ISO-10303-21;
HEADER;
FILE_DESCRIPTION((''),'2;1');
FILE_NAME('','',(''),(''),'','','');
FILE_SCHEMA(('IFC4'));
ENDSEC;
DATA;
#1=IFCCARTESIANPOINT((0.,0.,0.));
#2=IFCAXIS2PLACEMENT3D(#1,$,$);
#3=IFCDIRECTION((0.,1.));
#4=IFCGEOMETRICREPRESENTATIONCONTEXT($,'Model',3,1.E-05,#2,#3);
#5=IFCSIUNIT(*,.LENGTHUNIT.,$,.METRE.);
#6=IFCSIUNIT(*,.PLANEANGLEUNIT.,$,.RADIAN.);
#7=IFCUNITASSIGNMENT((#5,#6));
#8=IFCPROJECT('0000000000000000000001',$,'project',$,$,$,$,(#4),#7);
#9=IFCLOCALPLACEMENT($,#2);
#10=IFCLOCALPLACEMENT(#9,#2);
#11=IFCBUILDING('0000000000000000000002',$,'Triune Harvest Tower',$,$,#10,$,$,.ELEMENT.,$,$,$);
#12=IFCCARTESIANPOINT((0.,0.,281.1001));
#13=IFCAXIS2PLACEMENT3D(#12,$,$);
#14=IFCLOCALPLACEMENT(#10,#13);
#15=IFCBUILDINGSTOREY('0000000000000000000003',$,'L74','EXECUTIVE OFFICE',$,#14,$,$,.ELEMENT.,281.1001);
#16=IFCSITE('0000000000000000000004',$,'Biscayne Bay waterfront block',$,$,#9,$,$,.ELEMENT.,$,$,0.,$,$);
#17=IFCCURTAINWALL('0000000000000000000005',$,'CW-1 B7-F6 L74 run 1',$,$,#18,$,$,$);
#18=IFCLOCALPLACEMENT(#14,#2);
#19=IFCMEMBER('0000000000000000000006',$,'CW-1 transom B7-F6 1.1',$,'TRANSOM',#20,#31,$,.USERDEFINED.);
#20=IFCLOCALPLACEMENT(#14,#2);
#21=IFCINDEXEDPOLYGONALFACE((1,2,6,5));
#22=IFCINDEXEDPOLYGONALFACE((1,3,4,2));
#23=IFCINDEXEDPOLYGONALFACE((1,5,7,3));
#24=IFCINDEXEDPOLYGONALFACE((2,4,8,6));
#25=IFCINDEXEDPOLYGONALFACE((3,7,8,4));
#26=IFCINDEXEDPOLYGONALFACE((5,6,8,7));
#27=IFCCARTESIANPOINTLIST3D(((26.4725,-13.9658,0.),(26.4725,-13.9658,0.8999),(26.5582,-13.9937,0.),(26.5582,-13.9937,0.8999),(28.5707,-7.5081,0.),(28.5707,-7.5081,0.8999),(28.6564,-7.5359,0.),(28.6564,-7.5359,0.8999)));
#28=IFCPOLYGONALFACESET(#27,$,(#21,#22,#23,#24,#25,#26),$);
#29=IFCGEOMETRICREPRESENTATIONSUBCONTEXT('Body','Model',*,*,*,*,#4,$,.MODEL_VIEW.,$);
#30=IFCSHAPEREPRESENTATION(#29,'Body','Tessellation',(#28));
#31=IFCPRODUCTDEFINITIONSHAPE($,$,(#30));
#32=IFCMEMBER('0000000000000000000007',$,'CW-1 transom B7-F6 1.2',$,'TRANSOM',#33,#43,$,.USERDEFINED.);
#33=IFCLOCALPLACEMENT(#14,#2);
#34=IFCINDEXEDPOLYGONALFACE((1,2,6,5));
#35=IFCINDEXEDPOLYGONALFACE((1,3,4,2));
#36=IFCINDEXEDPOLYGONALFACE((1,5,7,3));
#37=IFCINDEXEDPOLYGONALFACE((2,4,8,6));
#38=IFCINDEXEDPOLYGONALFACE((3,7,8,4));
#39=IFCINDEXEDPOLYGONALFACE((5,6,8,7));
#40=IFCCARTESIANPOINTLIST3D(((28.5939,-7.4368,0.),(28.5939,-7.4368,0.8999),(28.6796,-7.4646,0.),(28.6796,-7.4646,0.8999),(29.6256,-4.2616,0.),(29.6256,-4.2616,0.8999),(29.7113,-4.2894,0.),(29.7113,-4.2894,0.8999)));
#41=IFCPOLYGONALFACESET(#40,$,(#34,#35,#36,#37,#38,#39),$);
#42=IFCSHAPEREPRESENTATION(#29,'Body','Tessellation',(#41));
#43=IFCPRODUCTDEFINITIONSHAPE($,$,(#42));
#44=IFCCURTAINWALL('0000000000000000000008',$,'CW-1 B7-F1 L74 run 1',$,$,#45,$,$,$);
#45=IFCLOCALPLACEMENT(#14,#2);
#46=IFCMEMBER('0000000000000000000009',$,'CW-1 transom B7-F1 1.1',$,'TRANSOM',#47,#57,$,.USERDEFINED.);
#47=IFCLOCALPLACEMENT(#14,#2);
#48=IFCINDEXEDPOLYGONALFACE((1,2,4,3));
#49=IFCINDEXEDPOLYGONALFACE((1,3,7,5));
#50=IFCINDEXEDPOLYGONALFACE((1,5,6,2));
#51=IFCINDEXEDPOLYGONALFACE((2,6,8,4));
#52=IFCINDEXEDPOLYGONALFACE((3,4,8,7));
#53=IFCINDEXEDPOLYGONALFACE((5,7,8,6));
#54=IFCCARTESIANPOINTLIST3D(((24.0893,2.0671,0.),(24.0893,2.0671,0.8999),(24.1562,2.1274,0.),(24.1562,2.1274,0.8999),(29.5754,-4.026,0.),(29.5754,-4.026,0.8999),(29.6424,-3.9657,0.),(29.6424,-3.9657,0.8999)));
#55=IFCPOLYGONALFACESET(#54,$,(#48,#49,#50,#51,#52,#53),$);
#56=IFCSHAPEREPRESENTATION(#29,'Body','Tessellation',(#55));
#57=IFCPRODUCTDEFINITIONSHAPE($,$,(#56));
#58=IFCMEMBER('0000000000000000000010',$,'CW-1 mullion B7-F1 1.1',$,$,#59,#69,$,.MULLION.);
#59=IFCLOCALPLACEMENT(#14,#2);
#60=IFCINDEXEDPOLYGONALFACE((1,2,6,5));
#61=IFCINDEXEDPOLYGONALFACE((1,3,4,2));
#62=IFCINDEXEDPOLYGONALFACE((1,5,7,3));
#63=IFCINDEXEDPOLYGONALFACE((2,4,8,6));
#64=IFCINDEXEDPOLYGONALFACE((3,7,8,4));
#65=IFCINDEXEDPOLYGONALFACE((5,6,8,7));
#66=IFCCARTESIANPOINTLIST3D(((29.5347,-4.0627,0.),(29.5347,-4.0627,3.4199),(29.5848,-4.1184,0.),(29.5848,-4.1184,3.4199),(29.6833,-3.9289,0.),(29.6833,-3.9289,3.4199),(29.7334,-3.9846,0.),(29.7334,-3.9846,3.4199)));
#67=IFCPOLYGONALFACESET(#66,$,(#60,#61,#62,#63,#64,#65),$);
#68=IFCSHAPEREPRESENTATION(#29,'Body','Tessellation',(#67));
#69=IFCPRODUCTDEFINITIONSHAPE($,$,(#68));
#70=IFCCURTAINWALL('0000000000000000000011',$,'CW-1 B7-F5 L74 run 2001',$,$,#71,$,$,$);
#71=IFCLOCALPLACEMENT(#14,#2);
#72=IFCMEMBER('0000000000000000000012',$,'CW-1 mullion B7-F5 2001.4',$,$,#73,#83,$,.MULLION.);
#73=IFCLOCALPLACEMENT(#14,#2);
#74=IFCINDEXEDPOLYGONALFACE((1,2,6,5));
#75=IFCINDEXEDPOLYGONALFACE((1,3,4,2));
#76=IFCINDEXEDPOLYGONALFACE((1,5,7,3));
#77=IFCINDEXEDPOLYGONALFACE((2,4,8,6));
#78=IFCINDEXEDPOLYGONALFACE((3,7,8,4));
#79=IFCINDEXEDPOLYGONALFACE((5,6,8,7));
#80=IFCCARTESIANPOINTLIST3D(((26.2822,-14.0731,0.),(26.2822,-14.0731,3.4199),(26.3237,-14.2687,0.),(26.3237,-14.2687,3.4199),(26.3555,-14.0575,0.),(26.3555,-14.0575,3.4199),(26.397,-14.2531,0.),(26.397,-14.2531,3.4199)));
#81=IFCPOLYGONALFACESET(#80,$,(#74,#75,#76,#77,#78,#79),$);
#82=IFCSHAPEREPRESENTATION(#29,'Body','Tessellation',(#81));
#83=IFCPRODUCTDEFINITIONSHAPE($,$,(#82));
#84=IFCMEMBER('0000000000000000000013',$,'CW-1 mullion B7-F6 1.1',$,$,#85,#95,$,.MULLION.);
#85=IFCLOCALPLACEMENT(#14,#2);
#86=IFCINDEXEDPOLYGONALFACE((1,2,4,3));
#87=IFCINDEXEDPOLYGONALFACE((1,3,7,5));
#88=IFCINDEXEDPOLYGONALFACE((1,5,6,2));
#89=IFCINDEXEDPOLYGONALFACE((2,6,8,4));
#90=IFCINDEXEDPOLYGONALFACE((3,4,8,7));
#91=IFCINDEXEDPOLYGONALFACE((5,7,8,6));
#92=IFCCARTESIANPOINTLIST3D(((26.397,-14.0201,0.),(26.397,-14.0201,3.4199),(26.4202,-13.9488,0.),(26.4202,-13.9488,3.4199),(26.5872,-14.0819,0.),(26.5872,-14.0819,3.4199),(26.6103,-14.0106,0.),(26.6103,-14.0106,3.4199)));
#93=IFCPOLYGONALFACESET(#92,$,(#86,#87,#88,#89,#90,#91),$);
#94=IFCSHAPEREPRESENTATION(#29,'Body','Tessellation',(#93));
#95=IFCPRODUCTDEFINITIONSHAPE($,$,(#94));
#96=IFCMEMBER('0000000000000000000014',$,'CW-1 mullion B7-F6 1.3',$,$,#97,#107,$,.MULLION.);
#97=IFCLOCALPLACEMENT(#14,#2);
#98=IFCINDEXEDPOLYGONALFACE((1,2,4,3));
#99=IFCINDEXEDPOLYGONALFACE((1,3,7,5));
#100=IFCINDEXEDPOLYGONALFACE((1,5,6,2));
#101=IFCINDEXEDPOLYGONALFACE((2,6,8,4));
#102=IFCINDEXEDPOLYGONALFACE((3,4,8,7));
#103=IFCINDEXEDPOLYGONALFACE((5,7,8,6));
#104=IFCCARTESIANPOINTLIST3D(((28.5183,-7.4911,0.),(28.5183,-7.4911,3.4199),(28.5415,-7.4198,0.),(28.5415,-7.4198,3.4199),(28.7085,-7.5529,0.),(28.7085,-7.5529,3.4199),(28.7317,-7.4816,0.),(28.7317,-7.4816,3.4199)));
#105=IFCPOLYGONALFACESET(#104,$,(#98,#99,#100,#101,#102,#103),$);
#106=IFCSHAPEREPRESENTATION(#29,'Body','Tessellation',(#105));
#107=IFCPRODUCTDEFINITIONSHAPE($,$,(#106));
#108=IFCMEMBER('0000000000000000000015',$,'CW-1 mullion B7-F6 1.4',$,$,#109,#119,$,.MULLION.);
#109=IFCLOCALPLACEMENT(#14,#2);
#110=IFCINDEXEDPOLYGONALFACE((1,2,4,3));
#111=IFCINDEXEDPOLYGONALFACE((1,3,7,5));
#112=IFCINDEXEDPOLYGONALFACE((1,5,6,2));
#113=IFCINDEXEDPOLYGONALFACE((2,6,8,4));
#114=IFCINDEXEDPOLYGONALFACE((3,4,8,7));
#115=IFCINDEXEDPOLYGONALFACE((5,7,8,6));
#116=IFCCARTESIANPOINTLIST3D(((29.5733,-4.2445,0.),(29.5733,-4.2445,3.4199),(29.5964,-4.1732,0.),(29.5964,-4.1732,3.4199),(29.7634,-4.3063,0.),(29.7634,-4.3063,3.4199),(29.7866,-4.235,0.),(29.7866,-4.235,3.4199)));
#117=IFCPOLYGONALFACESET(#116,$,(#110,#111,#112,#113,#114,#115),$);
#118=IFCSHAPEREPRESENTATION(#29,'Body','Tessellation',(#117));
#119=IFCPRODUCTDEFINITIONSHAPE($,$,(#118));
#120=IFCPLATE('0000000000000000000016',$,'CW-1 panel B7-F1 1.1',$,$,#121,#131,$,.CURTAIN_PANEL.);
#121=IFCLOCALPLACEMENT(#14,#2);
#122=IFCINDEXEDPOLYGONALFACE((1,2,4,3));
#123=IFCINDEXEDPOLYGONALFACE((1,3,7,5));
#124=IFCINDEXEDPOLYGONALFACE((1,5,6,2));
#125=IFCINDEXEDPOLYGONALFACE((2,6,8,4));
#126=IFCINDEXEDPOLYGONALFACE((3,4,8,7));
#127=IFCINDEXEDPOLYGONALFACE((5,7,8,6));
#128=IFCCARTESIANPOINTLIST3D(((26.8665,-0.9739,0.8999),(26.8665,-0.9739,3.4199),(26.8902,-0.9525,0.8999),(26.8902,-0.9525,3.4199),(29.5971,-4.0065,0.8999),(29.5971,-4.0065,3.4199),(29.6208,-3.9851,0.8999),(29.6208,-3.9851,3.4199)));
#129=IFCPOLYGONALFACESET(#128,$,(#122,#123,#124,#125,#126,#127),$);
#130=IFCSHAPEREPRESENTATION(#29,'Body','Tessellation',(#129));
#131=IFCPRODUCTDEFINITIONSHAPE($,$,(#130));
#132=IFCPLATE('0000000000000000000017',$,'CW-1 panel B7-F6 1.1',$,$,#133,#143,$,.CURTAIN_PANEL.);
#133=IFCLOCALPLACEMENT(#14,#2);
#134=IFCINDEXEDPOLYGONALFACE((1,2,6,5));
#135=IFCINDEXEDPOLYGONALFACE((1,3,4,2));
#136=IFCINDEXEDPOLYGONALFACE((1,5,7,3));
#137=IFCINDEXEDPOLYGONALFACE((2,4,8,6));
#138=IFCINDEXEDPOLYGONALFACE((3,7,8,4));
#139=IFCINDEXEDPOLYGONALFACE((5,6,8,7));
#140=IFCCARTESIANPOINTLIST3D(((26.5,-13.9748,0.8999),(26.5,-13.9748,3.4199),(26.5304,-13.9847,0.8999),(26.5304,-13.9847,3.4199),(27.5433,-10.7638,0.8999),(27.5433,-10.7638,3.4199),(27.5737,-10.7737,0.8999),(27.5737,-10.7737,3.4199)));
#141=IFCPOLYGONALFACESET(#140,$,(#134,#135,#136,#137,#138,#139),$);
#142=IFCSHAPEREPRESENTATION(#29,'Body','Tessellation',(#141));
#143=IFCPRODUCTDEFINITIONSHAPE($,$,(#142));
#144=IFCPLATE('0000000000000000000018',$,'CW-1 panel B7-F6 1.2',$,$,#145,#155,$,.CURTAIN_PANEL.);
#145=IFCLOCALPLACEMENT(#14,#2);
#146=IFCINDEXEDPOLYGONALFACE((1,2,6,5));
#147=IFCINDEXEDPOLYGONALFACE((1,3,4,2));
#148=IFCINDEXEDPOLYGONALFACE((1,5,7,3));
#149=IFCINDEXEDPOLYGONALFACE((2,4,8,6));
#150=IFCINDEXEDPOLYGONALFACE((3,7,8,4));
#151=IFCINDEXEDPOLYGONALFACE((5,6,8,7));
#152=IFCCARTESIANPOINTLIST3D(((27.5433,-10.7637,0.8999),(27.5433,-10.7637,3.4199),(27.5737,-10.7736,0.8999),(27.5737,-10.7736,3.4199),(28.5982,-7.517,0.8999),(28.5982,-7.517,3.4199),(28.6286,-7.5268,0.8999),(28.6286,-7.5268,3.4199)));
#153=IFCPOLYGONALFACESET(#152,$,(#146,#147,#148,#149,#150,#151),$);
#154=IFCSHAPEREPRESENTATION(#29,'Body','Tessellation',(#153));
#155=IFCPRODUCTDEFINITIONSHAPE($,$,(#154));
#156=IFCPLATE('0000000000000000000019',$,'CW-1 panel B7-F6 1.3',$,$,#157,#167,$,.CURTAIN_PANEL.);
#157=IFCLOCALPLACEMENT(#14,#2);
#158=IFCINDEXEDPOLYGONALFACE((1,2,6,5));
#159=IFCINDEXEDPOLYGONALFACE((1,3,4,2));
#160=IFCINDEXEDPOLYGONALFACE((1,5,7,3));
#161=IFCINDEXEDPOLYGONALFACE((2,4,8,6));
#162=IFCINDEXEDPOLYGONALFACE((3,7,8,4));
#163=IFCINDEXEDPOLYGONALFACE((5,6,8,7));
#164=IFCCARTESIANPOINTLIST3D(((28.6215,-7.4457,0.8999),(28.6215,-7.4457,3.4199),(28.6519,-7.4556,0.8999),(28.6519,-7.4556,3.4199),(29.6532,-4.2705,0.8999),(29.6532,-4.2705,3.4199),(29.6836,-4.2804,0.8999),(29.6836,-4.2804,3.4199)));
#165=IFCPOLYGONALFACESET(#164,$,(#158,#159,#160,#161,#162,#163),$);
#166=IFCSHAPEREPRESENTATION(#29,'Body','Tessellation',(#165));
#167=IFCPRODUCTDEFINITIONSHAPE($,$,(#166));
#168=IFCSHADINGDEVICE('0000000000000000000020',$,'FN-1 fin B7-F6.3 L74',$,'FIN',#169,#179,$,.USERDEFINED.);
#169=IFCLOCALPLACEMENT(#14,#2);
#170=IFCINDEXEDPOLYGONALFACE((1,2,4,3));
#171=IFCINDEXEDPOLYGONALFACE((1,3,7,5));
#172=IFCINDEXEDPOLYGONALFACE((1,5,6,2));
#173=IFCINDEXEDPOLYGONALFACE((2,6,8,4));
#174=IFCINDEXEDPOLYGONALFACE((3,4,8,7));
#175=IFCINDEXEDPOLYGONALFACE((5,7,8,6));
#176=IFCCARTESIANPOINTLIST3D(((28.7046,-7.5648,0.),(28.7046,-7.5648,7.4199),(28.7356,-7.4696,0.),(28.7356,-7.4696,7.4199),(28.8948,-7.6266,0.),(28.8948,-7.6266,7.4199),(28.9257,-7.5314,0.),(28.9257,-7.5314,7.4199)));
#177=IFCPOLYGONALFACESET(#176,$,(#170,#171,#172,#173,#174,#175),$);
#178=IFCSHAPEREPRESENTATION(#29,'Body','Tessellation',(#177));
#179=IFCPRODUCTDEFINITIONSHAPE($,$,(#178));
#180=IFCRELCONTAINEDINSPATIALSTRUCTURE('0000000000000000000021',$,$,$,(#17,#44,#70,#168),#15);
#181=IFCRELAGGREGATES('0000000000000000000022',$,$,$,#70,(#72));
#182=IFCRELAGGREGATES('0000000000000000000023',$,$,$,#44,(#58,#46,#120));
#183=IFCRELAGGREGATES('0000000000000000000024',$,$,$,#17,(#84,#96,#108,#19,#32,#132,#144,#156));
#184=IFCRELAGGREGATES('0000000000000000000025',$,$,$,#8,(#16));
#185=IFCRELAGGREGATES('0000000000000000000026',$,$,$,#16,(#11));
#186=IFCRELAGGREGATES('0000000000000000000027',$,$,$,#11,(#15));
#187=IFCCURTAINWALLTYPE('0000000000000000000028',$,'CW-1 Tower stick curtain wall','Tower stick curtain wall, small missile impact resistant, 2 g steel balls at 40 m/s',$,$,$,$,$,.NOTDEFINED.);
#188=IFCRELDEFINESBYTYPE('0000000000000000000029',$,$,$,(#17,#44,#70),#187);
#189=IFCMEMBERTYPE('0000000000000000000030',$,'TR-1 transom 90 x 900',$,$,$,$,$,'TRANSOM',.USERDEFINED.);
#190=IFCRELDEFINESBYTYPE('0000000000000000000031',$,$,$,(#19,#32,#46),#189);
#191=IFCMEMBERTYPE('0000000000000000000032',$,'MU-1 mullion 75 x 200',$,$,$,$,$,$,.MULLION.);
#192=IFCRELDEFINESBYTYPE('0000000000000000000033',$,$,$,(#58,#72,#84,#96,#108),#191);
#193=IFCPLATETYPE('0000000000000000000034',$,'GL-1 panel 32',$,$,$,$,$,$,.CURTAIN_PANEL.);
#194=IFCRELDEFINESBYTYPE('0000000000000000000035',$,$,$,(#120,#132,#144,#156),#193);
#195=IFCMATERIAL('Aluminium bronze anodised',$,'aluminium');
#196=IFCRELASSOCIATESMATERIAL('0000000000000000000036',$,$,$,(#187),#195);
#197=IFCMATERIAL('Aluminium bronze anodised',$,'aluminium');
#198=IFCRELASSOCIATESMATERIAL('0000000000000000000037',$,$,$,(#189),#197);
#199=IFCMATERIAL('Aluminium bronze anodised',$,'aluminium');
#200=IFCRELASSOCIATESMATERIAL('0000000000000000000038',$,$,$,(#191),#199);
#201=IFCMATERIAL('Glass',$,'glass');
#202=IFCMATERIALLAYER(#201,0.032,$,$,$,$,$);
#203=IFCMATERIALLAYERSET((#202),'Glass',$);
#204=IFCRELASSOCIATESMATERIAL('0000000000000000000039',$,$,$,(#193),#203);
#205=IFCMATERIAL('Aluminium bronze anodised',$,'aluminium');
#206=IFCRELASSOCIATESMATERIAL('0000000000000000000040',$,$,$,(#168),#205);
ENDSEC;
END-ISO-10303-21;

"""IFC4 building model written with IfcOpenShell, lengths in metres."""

from ifc_helpers import new_model, si_unit, direction, frame, origin, origin_2d, place, context, subcontext, project, spatial, rectangle, extrude, source, transform, mapped, material, layer, layer_set, material_profile, profile_set, type_object, element, aggregate, save


model = new_model("IFC4")

# Units and contexts
model_context = context("Model", 3, precision=1e-05, world=origin(), true_north=direction((0.0, 1.0)))
body_context = subcontext(model_context, "Body", "Model", "MODEL_VIEW")
ifc_project = project(units=[si_unit("LENGTHUNIT", "METRE"), si_unit("PLANEANGLEUNIT", "RADIAN")], contexts=[model_context])

# Site, building, storey
site_placement = place(None, origin())
site = spatial("IfcSite", under=ifc_project, at=site_placement, Name="Biscayne Bay waterfront block", CompositionType="ELEMENT", RefElevation=0.0)
building_placement = place(site_placement, origin())
building = spatial("IfcBuilding", under=site, at=building_placement, Name="Triune Harvest Tower", CompositionType="ELEMENT")
storey_placement = place(building_placement, frame((0.0, 0.0, 281.1001)))
storey = spatial("IfcBuildingStorey", under=building, at=storey_placement, Name="L74", Description="EXECUTIVE OFFICE", CompositionType="ELEMENT", Elevation=281.1001)

# Curtain walls, members
ifc_material_1 = material(Name="Aluminium bronze anodised", Category="aluminium")
curtain_wall_type = type_object("IfcCurtainWallType", Name="CW-1 Tower stick curtain wall", Description="Tower stick curtain wall, small missile impact resistant, 2 g steel balls at 40 m/s", PredefinedType="NOTDEFINED", material=ifc_material_1)
curtain_wall_1_placement = place(storey_placement, origin())
curtain_wall_1 = element("IfcCurtainWall", 1, at=curtain_wall_1_placement, inside=storey, type_object=curtain_wall_type, Name="CW-1 B7-F6 L74 run 1")
ifc_material_2 = material(Name="Aluminium bronze anodised", Category="aluminium")
ifc_material_profile_1 = material_profile(ifc_material_2, rectangle(XDim=0.0901, YDim=0.8999, at=origin_2d()), Name="TR-1 transom 90 x 900")
ifc_profile_set_1 = profile_set([ifc_material_profile_1], Name="Aluminium bronze anodised")
member_type_1 = type_object("IfcMemberType", Name="TR-1 transom 90 x 900", ElementType="TRANSOM", PredefinedType="USERDEFINED", material=ifc_profile_set_1)
shared_shape_1 = source(origin(), body_context, "Body", "SweptSolid", [
    extrude(rectangle(XDim=0.0901, YDim=0.8999, at=origin_2d()), origin(), (0.0, 0.0, 1.0), 6.79),
])
member_1_placement = place(storey_placement, frame((26.5154, -13.9797, 0.45), z_axis=(0.309002, 0.951061, 0.0), x_axis=(-0.951061, 0.309002, 0.0)))
member_1 = element("IfcMember", 2, at=member_1_placement, type_object=member_type_1, Name="CW-1 transom B7-F6 1.1", ObjectType="TRANSOM", PredefinedType="USERDEFINED", context=body_context, shape_type="MappedRepresentation", body=[
    mapped(shared_shape_1, transform((0.0, 0.0, 0.0), scale=1.0)),
])
shared_shape_2 = source(origin(), body_context, "Body", "SweptSolid", [
    extrude(rectangle(XDim=0.0901, YDim=0.8999, at=origin_2d()), origin(), (0.0, 0.0, 1.0), 3.3386),
])
member_2_placement = place(storey_placement, frame((28.6367, -7.4507, 0.45), z_axis=(0.309023, 0.951054, 0.0), x_axis=(-0.951054, 0.309023, 0.0)))
member_2 = element("IfcMember", 3, at=member_2_placement, type_object=member_type_1, Name="CW-1 transom B7-F6 1.2", ObjectType="TRANSOM", PredefinedType="USERDEFINED", context=body_context, shape_type="MappedRepresentation", body=[
    mapped(shared_shape_2, transform((0.0, 0.0, 0.0), scale=1.0)),
])
curtain_wall_2_placement = place(storey_placement, origin())
curtain_wall_2 = element("IfcCurtainWall", 4, at=curtain_wall_2_placement, inside=storey, type_object=curtain_wall_type, Name="CW-1 B7-F1 L74 run 1")
shared_shape_3 = source(origin(), body_context, "Body", "SweptSolid", [
    extrude(rectangle(XDim=0.0901, YDim=0.8999, at=origin_2d()), origin(), (0.0, 0.0, 1.0), 8.199),
])
member_3_placement = place(storey_placement, frame((29.6089, -3.9958, 0.45), z_axis=(-0.669124, 0.743151, 0.0), x_axis=(-0.743151, -0.669124, 0.0)))
member_3 = element("IfcMember", 5, at=member_3_placement, type_object=member_type_1, Name="CW-1 transom B7-F1 1.1", ObjectType="TRANSOM", PredefinedType="USERDEFINED", context=body_context, shape_type="MappedRepresentation", body=[
    mapped(shared_shape_3, transform((0.0, 0.0, 0.0), scale=1.0)),
])
ifc_material_3 = material(Name="Aluminium bronze anodised", Category="aluminium")
ifc_material_profile_2 = material_profile(ifc_material_3, rectangle(XDim=0.2, YDim=0.075, at=origin_2d()), Name="MU-1 mullion 75 x 200")
ifc_profile_set_2 = profile_set([ifc_material_profile_2], Name="Aluminium bronze anodised")
member_type_2 = type_object("IfcMemberType", Name="MU-1 mullion 75 x 200", PredefinedType="MULLION", material=ifc_profile_set_2)
shared_shape_4 = source(origin(), body_context, "Body", "SweptSolid", [
    extrude(rectangle(XDim=0.2, YDim=0.075, at=origin_2d()), origin(), (0.0, 0.0, 1.0), 3.4199),
])
member_4_placement = place(storey_placement, frame((29.634, -4.0237, 0.0), z_axis=(0.0, 0.0, 1.0), x_axis=(-0.743144, -0.669131, 0.0)))
member_4 = element("IfcMember", 6, at=member_4_placement, type_object=member_type_2, Name="CW-1 mullion B7-F1 1.1", PredefinedType="MULLION", context=body_context, shape_type="MappedRepresentation", body=[
    mapped(shared_shape_4, transform((0.0, 0.0, 0.0), scale=1.0)),
])

# Curtain wall, member
curtain_wall_3_placement = place(storey_placement, origin())
curtain_wall_3 = element("IfcCurtainWall", 7, at=curtain_wall_3_placement, inside=storey, type_object=curtain_wall_type, Name="CW-1 B7-F5 L74 run 2001")
member_5_placement = place(storey_placement, frame((26.3396, -14.1631, 0.0), z_axis=(0.0, 0.0, 1.0), x_axis=(-0.207909, 0.978148, 0.0)))
member_5 = element("IfcMember", 8, at=member_5_placement, type_object=member_type_2, Name="CW-1 mullion B7-F5 2001.4", PredefinedType="MULLION", context=body_context, shape_type="MappedRepresentation", body=[
    mapped(shared_shape_4, transform((0.0, 0.0, 0.0), scale=1.0)),
])
aggregate(curtain_wall_3, [member_5])

# Members
member_6_placement = place(storey_placement, frame((26.5037, -14.0154, 0.0), z_axis=(0.0, 0.0, 1.0), x_axis=(-0.951056, 0.309019, 0.0)))
member_6 = element("IfcMember", 9, at=member_6_placement, type_object=member_type_2, Name="CW-1 mullion B7-F6 1.1", PredefinedType="MULLION", context=body_context, shape_type="MappedRepresentation", body=[
    mapped(shared_shape_4, transform((0.0, 0.0, 0.0), scale=1.0)),
])
member_7_placement = place(storey_placement, frame((28.625, -7.4863, 0.0), z_axis=(0.0, 0.0, 1.0), x_axis=(-0.951056, 0.309019, 0.0)))
member_7 = element("IfcMember", 10, at=member_7_placement, type_object=member_type_2, Name="CW-1 mullion B7-F6 1.3", PredefinedType="MULLION", context=body_context, shape_type="MappedRepresentation", body=[
    mapped(shared_shape_4, transform((0.0, 0.0, 0.0), scale=1.0)),
])
member_8_placement = place(storey_placement, frame((29.6799, -4.2397, 0.0), z_axis=(0.0, 0.0, 1.0), x_axis=(-0.951056, 0.309019, 0.0)))
member_8 = element("IfcMember", 11, at=member_8_placement, type_object=member_type_2, Name="CW-1 mullion B7-F6 1.4", PredefinedType="MULLION", context=body_context, shape_type="MappedRepresentation", body=[
    mapped(shared_shape_4, transform((0.0, 0.0, 0.0), scale=1.0)),
])

# Plates
ifc_material_4 = material(Name="Glass", Category="glass")
ifc_layer = layer(ifc_material_4, 0.032)
ifc_layer_set = layer_set([ifc_layer], Name="Glass")
plate_type = type_object("IfcPlateType", Name="GL-1 panel 32", PredefinedType="CURTAIN_PANEL", material=ifc_layer_set)
shared_shape_5 = source(origin(), body_context, "Body", "SweptSolid", [
    extrude(rectangle(XDim=4.0808, YDim=0.032, at=origin_2d()), origin(), (0.0, 0.0, 1.0), 2.52),
])
plate_1_placement = place(storey_placement, frame((28.2437, -2.4795, 0.8999), z_axis=(0.0, 0.0, 1.0), x_axis=(-0.669131, 0.743144, 0.0)))
plate_1 = element("IfcPlate", 12, at=plate_1_placement, type_object=plate_type, Name="CW-1 panel B7-F1 1.1", PredefinedType="CURTAIN_PANEL", context=body_context, shape_type="MappedRepresentation", body=[
    mapped(shared_shape_5, transform((0.0, 0.0, 0.0), scale=1.0)),
])
aggregate(curtain_wall_2, [member_4, member_3, plate_1])
shared_shape_6 = source(origin(), body_context, "Body", "SweptSolid", [
    extrude(rectangle(XDim=3.3762, YDim=0.032, at=origin_2d()), origin(), (0.0, 0.0, 1.0), 2.52),
])
plate_2_placement = place(storey_placement, frame((27.0369, -12.3743, 0.8999), z_axis=(0.0, 0.0, 1.0), x_axis=(0.309019, 0.951056, 0.0)))
plate_2 = element("IfcPlate", 13, at=plate_2_placement, type_object=plate_type, Name="CW-1 panel B7-F6 1.1", PredefinedType="CURTAIN_PANEL", context=body_context, shape_type="MappedRepresentation", body=[
    mapped(shared_shape_6, transform((0.0, 0.0, 0.0), scale=1.0)),
])
shared_shape_7 = source(origin(), body_context, "Body", "SweptSolid", [
    extrude(rectangle(XDim=3.4138, YDim=0.032, at=origin_2d()), origin(), (0.0, 0.0, 1.0), 2.52),
])
plate_3_placement = place(storey_placement, frame((28.0859, -9.1453, 0.8999), z_axis=(0.0, 0.0, 1.0), x_axis=(0.309019, 0.951056, 0.0)))
plate_3 = element("IfcPlate", 14, at=plate_3_placement, type_object=plate_type, Name="CW-1 panel B7-F6 1.2", PredefinedType="CURTAIN_PANEL", context=body_context, shape_type="MappedRepresentation", body=[
    mapped(shared_shape_7, transform((0.0, 0.0, 0.0), scale=1.0)),
])
shared_shape_8 = source(origin(), body_context, "Body", "SweptSolid", [
    extrude(rectangle(XDim=3.3386, YDim=0.032, at=origin_2d()), origin(), (0.0, 0.0, 1.0), 2.52),
])
plate_4_placement = place(storey_placement, frame((29.1526, -5.863, 0.8999), z_axis=(0.0, 0.0, 1.0), x_axis=(0.309019, 0.951056, 0.0)))
plate_4 = element("IfcPlate", 15, at=plate_4_placement, type_object=plate_type, Name="CW-1 panel B7-F6 1.3", PredefinedType="CURTAIN_PANEL", context=body_context, shape_type="MappedRepresentation", body=[
    mapped(shared_shape_8, transform((0.0, 0.0, 0.0), scale=1.0)),
])
aggregate(curtain_wall_1, [member_6, member_7, member_8, member_1, member_2, plate_2, plate_3, plate_4])

# Shading device
ifc_material_5 = material(Name="Aluminium bronze anodised", Category="aluminium")
shared_shape_9 = source(origin(), body_context, "Body", "SweptSolid", [
    extrude(rectangle(XDim=0.1001, YDim=0.2, at=origin_2d()), origin(), (0.0, 0.0, 1.0), 7.4199),
])
shading_device_placement = place(storey_placement, frame((28.8152, -7.5481, 0.0), z_axis=(0.0, 0.0, 1.0), x_axis=(0.309019, 0.951056, 0.0)))
element("IfcShadingDevice", 16, at=shading_device_placement, inside=storey, material=ifc_material_5, Name="FN-1 fin B7-F6.3 L74", ObjectType="FIN", PredefinedType="USERDEFINED", context=body_context, shape_type="MappedRepresentation", body=[
    mapped(shared_shape_9, transform((0.0, 0.0, 0.0), scale=1.0)),
])

save(model, "model.ifc")
